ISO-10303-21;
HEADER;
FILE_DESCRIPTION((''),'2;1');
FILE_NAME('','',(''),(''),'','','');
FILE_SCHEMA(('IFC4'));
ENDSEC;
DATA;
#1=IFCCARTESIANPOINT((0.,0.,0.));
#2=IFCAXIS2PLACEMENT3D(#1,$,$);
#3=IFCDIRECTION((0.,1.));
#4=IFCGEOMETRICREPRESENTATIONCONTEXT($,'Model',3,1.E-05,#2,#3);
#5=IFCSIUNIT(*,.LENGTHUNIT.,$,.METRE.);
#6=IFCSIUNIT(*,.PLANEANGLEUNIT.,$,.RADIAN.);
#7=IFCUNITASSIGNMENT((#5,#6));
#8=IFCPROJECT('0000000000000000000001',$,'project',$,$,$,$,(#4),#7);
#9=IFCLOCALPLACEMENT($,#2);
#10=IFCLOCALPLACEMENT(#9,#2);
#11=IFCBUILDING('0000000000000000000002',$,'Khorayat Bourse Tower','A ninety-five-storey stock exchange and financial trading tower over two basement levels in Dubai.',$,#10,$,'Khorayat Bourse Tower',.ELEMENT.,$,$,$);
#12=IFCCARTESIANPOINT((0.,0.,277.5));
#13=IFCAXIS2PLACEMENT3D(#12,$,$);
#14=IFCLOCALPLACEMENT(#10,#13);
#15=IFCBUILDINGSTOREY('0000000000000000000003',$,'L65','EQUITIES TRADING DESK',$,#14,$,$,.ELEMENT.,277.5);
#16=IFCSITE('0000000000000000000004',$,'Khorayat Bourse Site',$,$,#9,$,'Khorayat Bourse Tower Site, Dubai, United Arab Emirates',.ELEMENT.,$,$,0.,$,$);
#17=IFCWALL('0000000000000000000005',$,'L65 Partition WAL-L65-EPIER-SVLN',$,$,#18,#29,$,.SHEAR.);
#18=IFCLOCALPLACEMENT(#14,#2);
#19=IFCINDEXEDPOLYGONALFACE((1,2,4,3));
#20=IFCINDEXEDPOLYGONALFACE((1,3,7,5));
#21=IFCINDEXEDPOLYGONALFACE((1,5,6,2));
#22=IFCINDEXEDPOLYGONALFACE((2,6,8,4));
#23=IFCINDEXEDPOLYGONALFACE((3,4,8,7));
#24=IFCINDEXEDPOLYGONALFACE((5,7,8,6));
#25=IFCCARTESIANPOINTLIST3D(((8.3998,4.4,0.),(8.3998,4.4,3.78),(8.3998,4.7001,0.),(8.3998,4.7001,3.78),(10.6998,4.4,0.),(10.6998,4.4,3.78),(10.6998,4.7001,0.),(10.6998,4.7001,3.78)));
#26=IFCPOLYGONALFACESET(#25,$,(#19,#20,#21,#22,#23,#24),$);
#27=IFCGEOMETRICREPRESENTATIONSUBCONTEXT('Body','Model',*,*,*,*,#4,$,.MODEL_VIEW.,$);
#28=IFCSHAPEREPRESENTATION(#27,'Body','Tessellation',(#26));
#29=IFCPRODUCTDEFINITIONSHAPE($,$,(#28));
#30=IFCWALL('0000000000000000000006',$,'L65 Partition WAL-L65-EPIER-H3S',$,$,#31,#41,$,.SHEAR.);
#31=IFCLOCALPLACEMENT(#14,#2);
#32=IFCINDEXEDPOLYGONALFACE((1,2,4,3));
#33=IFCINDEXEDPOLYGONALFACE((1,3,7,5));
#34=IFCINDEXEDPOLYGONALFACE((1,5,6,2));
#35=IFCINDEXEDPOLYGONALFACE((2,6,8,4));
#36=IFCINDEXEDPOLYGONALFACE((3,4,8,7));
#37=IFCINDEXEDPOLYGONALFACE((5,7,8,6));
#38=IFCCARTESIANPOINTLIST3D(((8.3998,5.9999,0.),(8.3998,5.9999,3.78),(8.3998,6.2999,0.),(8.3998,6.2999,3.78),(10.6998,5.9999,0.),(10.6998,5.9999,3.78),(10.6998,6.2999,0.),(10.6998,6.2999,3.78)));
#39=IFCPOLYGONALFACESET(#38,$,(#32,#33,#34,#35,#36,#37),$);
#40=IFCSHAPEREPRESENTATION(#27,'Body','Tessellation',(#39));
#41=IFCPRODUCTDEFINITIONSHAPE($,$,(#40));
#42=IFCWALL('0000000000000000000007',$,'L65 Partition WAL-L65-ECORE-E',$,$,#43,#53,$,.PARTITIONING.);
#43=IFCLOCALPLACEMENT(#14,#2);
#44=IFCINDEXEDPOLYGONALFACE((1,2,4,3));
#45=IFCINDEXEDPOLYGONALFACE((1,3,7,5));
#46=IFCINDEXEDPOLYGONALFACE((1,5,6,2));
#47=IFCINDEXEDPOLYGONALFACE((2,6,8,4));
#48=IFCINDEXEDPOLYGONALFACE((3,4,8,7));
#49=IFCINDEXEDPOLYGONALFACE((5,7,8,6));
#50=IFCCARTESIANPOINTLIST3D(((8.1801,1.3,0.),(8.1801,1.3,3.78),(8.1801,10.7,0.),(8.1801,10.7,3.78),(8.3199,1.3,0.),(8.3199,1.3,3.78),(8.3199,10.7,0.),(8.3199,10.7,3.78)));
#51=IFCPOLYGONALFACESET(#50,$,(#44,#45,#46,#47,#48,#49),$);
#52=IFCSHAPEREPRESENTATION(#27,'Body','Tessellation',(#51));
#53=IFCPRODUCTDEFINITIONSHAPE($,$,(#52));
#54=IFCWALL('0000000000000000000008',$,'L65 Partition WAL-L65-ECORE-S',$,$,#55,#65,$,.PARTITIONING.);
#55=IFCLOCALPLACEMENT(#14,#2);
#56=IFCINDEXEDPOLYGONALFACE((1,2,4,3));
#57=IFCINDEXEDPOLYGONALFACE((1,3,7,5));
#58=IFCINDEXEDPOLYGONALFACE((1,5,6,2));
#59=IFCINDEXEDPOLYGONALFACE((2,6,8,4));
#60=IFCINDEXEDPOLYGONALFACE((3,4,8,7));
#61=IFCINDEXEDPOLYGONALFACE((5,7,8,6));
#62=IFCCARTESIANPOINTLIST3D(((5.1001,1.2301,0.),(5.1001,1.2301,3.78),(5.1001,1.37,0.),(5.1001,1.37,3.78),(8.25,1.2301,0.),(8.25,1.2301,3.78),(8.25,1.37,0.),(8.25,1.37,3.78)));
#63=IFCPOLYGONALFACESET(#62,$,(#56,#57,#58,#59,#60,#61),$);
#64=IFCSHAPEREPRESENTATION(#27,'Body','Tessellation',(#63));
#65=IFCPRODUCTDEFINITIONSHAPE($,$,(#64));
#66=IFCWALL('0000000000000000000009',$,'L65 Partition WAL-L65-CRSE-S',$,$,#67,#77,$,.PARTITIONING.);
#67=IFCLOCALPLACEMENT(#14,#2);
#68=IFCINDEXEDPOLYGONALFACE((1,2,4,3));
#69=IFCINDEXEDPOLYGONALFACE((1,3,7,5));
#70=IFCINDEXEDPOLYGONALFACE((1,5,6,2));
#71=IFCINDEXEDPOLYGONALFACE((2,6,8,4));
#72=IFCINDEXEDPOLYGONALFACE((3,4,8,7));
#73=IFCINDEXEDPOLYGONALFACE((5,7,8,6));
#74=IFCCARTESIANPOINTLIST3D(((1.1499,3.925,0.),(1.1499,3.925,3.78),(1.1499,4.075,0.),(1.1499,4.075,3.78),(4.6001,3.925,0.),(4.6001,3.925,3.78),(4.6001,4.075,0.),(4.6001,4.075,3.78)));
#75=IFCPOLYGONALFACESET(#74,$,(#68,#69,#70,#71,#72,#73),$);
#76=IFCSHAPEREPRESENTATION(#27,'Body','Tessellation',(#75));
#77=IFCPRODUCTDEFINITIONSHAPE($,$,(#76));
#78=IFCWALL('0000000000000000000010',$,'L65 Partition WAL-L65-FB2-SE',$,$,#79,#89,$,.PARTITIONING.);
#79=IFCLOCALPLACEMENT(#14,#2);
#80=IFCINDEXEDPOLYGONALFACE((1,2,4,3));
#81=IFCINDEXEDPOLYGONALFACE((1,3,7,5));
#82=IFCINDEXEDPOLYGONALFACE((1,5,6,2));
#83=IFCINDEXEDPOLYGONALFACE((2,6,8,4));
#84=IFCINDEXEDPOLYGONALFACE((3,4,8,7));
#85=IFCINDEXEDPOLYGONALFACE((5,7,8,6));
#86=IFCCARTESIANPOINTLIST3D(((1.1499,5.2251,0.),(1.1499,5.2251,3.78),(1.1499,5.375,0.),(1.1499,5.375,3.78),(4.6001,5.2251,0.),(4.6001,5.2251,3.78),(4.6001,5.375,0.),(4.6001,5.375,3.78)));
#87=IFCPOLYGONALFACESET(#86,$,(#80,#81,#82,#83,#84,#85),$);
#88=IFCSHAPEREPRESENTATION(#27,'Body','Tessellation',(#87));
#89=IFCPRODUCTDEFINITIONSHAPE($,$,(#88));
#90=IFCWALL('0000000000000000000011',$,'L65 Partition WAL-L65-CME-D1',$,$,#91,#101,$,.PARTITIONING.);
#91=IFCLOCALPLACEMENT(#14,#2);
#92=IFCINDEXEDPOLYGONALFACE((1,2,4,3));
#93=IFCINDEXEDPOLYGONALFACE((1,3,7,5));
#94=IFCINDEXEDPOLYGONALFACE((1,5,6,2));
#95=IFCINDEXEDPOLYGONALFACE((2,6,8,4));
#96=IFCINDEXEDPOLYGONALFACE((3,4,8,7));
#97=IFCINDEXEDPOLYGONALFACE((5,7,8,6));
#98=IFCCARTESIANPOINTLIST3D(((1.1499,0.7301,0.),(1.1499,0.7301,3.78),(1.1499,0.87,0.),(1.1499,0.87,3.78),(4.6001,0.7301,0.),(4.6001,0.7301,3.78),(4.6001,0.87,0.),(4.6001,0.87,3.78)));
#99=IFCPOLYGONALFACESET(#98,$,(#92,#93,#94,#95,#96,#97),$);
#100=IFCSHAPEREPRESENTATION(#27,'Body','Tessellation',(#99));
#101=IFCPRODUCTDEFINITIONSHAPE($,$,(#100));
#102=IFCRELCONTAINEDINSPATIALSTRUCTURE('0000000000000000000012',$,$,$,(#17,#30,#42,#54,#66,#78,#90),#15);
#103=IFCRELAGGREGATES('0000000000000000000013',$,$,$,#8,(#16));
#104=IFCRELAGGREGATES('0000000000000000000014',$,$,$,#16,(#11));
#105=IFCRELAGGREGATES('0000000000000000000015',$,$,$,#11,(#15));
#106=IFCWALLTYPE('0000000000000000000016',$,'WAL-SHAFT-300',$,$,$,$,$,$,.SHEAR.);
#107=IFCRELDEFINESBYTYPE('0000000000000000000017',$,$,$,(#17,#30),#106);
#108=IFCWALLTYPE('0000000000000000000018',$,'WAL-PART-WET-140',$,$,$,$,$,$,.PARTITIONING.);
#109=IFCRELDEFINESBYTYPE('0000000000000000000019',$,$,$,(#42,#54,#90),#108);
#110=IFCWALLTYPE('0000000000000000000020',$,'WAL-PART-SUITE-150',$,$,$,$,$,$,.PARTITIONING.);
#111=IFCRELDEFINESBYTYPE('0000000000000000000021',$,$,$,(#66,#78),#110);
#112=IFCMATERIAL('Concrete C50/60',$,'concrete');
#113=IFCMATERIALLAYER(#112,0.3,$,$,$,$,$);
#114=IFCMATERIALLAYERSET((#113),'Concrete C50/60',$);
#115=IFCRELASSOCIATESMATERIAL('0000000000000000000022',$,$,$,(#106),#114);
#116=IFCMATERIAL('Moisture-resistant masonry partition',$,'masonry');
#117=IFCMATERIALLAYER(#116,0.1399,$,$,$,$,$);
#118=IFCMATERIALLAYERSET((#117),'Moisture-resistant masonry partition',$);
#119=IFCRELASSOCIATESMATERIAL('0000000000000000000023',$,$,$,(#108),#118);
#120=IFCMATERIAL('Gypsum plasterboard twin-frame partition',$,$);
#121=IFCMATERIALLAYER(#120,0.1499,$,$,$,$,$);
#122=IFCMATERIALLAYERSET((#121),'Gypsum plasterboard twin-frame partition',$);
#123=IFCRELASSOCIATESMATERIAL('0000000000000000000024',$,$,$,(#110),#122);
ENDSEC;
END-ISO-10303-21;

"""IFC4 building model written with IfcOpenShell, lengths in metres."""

from ifc_helpers import new_model, si_unit, direction, frame, frame_2d, origin, place, context, subcontext, project, spatial, rectangle, extrude, source, transform, mapped, material, layer, layer_set, type_object, element, save


model = new_model("IFC4")

# Units and contexts
model_context = context("Model", 3, precision=1e-05, world=origin(), true_north=direction((0.0, 1.0)))
body_context = subcontext(model_context, "Body", "Model", "MODEL_VIEW")
ifc_project = project(units=[si_unit("LENGTHUNIT", "METRE"), si_unit("PLANEANGLEUNIT", "RADIAN")], contexts=[model_context])

# Site, building, storey
site_placement = place(None, origin())
site = spatial("IfcSite", under=ifc_project, at=site_placement, Name="Khorayat Bourse Site", LongName="Khorayat Bourse Tower Site, Dubai, United Arab Emirates", CompositionType="ELEMENT", RefElevation=0.0)
building_placement = place(site_placement, origin())
building = spatial("IfcBuilding", under=site, at=building_placement, Name="Khorayat Bourse Tower", Description="A ninety-five-storey stock exchange and financial trading tower over two basement levels in Dubai.", LongName="Khorayat Bourse Tower", CompositionType="ELEMENT")
storey_placement = place(building_placement, frame((0.0, 0.0, 277.5)))
storey = spatial("IfcBuildingStorey", under=building, at=storey_placement, Name="L65", Description="EQUITIES TRADING DESK", CompositionType="ELEMENT", Elevation=277.5)

# Walls
ifc_material_1 = material(Name="Concrete C50/60", Category="concrete")
ifc_layer_1 = layer(ifc_material_1, 0.3)
ifc_layer_set_1 = layer_set([ifc_layer_1], Name="Concrete C50/60")
wall_type_1 = type_object("IfcWallType", Name="WAL-SHAFT-300", PredefinedType="SHEAR", material=ifc_layer_set_1)
shared_shape_1 = source(origin(), body_context, "Body", "SweptSolid", [
    extrude(rectangle(XDim=2.3, YDim=0.3, at=frame_2d((1.1499, 0.0))), origin(), (0.0, 0.0, 1.0), 3.78),
])
for number, where, z_axis, x_axis, name in (
    (1, (8.3999, 4.55, 0.0), (0.0, 0.0, 1.0), (1.0, 0.0, 0.0), "L65 Partition WAL-L65-EPIER-SVLN"),
    (2, (8.3999, 6.1499, 0.0), (0.0, 0.0, 1.0), (1.0, 0.0, 0.0), "L65 Partition WAL-L65-EPIER-H3S"),
):
    element("IfcWall", number, at=place(storey_placement, frame(where, z_axis=z_axis, x_axis=x_axis)), inside=storey, type_object=wall_type_1, Name=name, PredefinedType="SHEAR", context=body_context, shape_type="MappedRepresentation", body=[
        mapped(shared_shape_1, transform((0.0, 0.0, 0.0), scale=1.0)),
    ])
ifc_material_2 = material(Name="Moisture-resistant masonry partition", Category="masonry")
ifc_layer_2 = layer(ifc_material_2, 0.1399)
ifc_layer_set_2 = layer_set([ifc_layer_2], Name="Moisture-resistant masonry partition")
wall_type_2 = type_object("IfcWallType", Name="WAL-PART-WET-140", PredefinedType="PARTITIONING", material=ifc_layer_set_2)
shared_shape_2 = source(origin(), body_context, "Body", "SweptSolid", [
    extrude(rectangle(XDim=9.3999, YDim=0.1399, at=frame_2d((4.7, 0.0))), origin(), (0.0, 0.0, 1.0), 3.78),
])
wall_1_placement = place(storey_placement, frame((8.25, 1.3, 0.0), z_axis=(0.0, 0.0, 1.0), x_axis=(0.0, 1.0, 0.0)))
element("IfcWall", 3, at=wall_1_placement, inside=storey, type_object=wall_type_2, Name="L65 Partition WAL-L65-ECORE-E", PredefinedType="PARTITIONING", context=body_context, shape_type="MappedRepresentation", body=[
    mapped(shared_shape_2, transform((0.0, 0.0, 0.0), scale=1.0)),
])
shared_shape_3 = source(origin(), body_context, "Body", "SweptSolid", [
    extrude(rectangle(XDim=3.1499, YDim=0.1399, at=frame_2d((1.575, 0.0))), origin(), (0.0, 0.0, 1.0), 3.78),
])
wall_2_placement = place(storey_placement, frame((5.1001, 1.3, 0.0), z_axis=(0.0, 0.0, 1.0), x_axis=(1.0, 0.0, 0.0)))
element("IfcWall", 4, at=wall_2_placement, inside=storey, type_object=wall_type_2, Name="L65 Partition WAL-L65-ECORE-S", PredefinedType="PARTITIONING", context=body_context, shape_type="MappedRepresentation", body=[
    mapped(shared_shape_3, transform((0.0, 0.0, 0.0), scale=1.0)),
])

# Walls
ifc_material_3 = material(Name="Gypsum plasterboard twin-frame partition")
ifc_layer_3 = layer(ifc_material_3, 0.1499)
ifc_layer_set_3 = layer_set([ifc_layer_3], Name="Gypsum plasterboard twin-frame partition")
wall_type_3 = type_object("IfcWallType", Name="WAL-PART-SUITE-150", PredefinedType="PARTITIONING", material=ifc_layer_set_3)
shared_shape_4 = source(origin(), body_context, "Body", "SweptSolid", [
    extrude(rectangle(XDim=3.4502, YDim=0.1499, at=frame_2d((1.7251, 0.0))), origin(), (0.0, 0.0, 1.0), 3.78),
])
for number, where, z_axis, x_axis, name in (
    (5, (1.1499, 4.0, 0.0), (0.0, 0.0, 1.0), (1.0, 0.0, 0.0), "L65 Partition WAL-L65-CRSE-S"),
    (6, (1.1499, 5.3, 0.0), (0.0, 0.0, 1.0), (1.0, 0.0, 0.0), "L65 Partition WAL-L65-FB2-SE"),
):
    element("IfcWall", number, at=place(storey_placement, frame(where, z_axis=z_axis, x_axis=x_axis)), inside=storey, type_object=wall_type_3, Name=name, PredefinedType="PARTITIONING", context=body_context, shape_type="MappedRepresentation", body=[
        mapped(shared_shape_4, transform((0.0, 0.0, 0.0), scale=1.0)),
    ])

# Wall
shared_shape_5 = source(origin(), body_context, "Body", "SweptSolid", [
    extrude(rectangle(XDim=3.4502, YDim=0.1399, at=frame_2d((1.7251, 0.0))), origin(), (0.0, 0.0, 1.0), 3.78),
])
wall_3_placement = place(storey_placement, frame((1.1499, 0.8, 0.0), z_axis=(0.0, 0.0, 1.0), x_axis=(1.0, 0.0, 0.0)))
element("IfcWall", 7, at=wall_3_placement, inside=storey, type_object=wall_type_2, Name="L65 Partition WAL-L65-CME-D1", PredefinedType="PARTITIONING", context=body_context, shape_type="MappedRepresentation", body=[
    mapped(shared_shape_5, transform((0.0, 0.0, 0.0), scale=1.0)),
])

save(model, "model.ifc")
